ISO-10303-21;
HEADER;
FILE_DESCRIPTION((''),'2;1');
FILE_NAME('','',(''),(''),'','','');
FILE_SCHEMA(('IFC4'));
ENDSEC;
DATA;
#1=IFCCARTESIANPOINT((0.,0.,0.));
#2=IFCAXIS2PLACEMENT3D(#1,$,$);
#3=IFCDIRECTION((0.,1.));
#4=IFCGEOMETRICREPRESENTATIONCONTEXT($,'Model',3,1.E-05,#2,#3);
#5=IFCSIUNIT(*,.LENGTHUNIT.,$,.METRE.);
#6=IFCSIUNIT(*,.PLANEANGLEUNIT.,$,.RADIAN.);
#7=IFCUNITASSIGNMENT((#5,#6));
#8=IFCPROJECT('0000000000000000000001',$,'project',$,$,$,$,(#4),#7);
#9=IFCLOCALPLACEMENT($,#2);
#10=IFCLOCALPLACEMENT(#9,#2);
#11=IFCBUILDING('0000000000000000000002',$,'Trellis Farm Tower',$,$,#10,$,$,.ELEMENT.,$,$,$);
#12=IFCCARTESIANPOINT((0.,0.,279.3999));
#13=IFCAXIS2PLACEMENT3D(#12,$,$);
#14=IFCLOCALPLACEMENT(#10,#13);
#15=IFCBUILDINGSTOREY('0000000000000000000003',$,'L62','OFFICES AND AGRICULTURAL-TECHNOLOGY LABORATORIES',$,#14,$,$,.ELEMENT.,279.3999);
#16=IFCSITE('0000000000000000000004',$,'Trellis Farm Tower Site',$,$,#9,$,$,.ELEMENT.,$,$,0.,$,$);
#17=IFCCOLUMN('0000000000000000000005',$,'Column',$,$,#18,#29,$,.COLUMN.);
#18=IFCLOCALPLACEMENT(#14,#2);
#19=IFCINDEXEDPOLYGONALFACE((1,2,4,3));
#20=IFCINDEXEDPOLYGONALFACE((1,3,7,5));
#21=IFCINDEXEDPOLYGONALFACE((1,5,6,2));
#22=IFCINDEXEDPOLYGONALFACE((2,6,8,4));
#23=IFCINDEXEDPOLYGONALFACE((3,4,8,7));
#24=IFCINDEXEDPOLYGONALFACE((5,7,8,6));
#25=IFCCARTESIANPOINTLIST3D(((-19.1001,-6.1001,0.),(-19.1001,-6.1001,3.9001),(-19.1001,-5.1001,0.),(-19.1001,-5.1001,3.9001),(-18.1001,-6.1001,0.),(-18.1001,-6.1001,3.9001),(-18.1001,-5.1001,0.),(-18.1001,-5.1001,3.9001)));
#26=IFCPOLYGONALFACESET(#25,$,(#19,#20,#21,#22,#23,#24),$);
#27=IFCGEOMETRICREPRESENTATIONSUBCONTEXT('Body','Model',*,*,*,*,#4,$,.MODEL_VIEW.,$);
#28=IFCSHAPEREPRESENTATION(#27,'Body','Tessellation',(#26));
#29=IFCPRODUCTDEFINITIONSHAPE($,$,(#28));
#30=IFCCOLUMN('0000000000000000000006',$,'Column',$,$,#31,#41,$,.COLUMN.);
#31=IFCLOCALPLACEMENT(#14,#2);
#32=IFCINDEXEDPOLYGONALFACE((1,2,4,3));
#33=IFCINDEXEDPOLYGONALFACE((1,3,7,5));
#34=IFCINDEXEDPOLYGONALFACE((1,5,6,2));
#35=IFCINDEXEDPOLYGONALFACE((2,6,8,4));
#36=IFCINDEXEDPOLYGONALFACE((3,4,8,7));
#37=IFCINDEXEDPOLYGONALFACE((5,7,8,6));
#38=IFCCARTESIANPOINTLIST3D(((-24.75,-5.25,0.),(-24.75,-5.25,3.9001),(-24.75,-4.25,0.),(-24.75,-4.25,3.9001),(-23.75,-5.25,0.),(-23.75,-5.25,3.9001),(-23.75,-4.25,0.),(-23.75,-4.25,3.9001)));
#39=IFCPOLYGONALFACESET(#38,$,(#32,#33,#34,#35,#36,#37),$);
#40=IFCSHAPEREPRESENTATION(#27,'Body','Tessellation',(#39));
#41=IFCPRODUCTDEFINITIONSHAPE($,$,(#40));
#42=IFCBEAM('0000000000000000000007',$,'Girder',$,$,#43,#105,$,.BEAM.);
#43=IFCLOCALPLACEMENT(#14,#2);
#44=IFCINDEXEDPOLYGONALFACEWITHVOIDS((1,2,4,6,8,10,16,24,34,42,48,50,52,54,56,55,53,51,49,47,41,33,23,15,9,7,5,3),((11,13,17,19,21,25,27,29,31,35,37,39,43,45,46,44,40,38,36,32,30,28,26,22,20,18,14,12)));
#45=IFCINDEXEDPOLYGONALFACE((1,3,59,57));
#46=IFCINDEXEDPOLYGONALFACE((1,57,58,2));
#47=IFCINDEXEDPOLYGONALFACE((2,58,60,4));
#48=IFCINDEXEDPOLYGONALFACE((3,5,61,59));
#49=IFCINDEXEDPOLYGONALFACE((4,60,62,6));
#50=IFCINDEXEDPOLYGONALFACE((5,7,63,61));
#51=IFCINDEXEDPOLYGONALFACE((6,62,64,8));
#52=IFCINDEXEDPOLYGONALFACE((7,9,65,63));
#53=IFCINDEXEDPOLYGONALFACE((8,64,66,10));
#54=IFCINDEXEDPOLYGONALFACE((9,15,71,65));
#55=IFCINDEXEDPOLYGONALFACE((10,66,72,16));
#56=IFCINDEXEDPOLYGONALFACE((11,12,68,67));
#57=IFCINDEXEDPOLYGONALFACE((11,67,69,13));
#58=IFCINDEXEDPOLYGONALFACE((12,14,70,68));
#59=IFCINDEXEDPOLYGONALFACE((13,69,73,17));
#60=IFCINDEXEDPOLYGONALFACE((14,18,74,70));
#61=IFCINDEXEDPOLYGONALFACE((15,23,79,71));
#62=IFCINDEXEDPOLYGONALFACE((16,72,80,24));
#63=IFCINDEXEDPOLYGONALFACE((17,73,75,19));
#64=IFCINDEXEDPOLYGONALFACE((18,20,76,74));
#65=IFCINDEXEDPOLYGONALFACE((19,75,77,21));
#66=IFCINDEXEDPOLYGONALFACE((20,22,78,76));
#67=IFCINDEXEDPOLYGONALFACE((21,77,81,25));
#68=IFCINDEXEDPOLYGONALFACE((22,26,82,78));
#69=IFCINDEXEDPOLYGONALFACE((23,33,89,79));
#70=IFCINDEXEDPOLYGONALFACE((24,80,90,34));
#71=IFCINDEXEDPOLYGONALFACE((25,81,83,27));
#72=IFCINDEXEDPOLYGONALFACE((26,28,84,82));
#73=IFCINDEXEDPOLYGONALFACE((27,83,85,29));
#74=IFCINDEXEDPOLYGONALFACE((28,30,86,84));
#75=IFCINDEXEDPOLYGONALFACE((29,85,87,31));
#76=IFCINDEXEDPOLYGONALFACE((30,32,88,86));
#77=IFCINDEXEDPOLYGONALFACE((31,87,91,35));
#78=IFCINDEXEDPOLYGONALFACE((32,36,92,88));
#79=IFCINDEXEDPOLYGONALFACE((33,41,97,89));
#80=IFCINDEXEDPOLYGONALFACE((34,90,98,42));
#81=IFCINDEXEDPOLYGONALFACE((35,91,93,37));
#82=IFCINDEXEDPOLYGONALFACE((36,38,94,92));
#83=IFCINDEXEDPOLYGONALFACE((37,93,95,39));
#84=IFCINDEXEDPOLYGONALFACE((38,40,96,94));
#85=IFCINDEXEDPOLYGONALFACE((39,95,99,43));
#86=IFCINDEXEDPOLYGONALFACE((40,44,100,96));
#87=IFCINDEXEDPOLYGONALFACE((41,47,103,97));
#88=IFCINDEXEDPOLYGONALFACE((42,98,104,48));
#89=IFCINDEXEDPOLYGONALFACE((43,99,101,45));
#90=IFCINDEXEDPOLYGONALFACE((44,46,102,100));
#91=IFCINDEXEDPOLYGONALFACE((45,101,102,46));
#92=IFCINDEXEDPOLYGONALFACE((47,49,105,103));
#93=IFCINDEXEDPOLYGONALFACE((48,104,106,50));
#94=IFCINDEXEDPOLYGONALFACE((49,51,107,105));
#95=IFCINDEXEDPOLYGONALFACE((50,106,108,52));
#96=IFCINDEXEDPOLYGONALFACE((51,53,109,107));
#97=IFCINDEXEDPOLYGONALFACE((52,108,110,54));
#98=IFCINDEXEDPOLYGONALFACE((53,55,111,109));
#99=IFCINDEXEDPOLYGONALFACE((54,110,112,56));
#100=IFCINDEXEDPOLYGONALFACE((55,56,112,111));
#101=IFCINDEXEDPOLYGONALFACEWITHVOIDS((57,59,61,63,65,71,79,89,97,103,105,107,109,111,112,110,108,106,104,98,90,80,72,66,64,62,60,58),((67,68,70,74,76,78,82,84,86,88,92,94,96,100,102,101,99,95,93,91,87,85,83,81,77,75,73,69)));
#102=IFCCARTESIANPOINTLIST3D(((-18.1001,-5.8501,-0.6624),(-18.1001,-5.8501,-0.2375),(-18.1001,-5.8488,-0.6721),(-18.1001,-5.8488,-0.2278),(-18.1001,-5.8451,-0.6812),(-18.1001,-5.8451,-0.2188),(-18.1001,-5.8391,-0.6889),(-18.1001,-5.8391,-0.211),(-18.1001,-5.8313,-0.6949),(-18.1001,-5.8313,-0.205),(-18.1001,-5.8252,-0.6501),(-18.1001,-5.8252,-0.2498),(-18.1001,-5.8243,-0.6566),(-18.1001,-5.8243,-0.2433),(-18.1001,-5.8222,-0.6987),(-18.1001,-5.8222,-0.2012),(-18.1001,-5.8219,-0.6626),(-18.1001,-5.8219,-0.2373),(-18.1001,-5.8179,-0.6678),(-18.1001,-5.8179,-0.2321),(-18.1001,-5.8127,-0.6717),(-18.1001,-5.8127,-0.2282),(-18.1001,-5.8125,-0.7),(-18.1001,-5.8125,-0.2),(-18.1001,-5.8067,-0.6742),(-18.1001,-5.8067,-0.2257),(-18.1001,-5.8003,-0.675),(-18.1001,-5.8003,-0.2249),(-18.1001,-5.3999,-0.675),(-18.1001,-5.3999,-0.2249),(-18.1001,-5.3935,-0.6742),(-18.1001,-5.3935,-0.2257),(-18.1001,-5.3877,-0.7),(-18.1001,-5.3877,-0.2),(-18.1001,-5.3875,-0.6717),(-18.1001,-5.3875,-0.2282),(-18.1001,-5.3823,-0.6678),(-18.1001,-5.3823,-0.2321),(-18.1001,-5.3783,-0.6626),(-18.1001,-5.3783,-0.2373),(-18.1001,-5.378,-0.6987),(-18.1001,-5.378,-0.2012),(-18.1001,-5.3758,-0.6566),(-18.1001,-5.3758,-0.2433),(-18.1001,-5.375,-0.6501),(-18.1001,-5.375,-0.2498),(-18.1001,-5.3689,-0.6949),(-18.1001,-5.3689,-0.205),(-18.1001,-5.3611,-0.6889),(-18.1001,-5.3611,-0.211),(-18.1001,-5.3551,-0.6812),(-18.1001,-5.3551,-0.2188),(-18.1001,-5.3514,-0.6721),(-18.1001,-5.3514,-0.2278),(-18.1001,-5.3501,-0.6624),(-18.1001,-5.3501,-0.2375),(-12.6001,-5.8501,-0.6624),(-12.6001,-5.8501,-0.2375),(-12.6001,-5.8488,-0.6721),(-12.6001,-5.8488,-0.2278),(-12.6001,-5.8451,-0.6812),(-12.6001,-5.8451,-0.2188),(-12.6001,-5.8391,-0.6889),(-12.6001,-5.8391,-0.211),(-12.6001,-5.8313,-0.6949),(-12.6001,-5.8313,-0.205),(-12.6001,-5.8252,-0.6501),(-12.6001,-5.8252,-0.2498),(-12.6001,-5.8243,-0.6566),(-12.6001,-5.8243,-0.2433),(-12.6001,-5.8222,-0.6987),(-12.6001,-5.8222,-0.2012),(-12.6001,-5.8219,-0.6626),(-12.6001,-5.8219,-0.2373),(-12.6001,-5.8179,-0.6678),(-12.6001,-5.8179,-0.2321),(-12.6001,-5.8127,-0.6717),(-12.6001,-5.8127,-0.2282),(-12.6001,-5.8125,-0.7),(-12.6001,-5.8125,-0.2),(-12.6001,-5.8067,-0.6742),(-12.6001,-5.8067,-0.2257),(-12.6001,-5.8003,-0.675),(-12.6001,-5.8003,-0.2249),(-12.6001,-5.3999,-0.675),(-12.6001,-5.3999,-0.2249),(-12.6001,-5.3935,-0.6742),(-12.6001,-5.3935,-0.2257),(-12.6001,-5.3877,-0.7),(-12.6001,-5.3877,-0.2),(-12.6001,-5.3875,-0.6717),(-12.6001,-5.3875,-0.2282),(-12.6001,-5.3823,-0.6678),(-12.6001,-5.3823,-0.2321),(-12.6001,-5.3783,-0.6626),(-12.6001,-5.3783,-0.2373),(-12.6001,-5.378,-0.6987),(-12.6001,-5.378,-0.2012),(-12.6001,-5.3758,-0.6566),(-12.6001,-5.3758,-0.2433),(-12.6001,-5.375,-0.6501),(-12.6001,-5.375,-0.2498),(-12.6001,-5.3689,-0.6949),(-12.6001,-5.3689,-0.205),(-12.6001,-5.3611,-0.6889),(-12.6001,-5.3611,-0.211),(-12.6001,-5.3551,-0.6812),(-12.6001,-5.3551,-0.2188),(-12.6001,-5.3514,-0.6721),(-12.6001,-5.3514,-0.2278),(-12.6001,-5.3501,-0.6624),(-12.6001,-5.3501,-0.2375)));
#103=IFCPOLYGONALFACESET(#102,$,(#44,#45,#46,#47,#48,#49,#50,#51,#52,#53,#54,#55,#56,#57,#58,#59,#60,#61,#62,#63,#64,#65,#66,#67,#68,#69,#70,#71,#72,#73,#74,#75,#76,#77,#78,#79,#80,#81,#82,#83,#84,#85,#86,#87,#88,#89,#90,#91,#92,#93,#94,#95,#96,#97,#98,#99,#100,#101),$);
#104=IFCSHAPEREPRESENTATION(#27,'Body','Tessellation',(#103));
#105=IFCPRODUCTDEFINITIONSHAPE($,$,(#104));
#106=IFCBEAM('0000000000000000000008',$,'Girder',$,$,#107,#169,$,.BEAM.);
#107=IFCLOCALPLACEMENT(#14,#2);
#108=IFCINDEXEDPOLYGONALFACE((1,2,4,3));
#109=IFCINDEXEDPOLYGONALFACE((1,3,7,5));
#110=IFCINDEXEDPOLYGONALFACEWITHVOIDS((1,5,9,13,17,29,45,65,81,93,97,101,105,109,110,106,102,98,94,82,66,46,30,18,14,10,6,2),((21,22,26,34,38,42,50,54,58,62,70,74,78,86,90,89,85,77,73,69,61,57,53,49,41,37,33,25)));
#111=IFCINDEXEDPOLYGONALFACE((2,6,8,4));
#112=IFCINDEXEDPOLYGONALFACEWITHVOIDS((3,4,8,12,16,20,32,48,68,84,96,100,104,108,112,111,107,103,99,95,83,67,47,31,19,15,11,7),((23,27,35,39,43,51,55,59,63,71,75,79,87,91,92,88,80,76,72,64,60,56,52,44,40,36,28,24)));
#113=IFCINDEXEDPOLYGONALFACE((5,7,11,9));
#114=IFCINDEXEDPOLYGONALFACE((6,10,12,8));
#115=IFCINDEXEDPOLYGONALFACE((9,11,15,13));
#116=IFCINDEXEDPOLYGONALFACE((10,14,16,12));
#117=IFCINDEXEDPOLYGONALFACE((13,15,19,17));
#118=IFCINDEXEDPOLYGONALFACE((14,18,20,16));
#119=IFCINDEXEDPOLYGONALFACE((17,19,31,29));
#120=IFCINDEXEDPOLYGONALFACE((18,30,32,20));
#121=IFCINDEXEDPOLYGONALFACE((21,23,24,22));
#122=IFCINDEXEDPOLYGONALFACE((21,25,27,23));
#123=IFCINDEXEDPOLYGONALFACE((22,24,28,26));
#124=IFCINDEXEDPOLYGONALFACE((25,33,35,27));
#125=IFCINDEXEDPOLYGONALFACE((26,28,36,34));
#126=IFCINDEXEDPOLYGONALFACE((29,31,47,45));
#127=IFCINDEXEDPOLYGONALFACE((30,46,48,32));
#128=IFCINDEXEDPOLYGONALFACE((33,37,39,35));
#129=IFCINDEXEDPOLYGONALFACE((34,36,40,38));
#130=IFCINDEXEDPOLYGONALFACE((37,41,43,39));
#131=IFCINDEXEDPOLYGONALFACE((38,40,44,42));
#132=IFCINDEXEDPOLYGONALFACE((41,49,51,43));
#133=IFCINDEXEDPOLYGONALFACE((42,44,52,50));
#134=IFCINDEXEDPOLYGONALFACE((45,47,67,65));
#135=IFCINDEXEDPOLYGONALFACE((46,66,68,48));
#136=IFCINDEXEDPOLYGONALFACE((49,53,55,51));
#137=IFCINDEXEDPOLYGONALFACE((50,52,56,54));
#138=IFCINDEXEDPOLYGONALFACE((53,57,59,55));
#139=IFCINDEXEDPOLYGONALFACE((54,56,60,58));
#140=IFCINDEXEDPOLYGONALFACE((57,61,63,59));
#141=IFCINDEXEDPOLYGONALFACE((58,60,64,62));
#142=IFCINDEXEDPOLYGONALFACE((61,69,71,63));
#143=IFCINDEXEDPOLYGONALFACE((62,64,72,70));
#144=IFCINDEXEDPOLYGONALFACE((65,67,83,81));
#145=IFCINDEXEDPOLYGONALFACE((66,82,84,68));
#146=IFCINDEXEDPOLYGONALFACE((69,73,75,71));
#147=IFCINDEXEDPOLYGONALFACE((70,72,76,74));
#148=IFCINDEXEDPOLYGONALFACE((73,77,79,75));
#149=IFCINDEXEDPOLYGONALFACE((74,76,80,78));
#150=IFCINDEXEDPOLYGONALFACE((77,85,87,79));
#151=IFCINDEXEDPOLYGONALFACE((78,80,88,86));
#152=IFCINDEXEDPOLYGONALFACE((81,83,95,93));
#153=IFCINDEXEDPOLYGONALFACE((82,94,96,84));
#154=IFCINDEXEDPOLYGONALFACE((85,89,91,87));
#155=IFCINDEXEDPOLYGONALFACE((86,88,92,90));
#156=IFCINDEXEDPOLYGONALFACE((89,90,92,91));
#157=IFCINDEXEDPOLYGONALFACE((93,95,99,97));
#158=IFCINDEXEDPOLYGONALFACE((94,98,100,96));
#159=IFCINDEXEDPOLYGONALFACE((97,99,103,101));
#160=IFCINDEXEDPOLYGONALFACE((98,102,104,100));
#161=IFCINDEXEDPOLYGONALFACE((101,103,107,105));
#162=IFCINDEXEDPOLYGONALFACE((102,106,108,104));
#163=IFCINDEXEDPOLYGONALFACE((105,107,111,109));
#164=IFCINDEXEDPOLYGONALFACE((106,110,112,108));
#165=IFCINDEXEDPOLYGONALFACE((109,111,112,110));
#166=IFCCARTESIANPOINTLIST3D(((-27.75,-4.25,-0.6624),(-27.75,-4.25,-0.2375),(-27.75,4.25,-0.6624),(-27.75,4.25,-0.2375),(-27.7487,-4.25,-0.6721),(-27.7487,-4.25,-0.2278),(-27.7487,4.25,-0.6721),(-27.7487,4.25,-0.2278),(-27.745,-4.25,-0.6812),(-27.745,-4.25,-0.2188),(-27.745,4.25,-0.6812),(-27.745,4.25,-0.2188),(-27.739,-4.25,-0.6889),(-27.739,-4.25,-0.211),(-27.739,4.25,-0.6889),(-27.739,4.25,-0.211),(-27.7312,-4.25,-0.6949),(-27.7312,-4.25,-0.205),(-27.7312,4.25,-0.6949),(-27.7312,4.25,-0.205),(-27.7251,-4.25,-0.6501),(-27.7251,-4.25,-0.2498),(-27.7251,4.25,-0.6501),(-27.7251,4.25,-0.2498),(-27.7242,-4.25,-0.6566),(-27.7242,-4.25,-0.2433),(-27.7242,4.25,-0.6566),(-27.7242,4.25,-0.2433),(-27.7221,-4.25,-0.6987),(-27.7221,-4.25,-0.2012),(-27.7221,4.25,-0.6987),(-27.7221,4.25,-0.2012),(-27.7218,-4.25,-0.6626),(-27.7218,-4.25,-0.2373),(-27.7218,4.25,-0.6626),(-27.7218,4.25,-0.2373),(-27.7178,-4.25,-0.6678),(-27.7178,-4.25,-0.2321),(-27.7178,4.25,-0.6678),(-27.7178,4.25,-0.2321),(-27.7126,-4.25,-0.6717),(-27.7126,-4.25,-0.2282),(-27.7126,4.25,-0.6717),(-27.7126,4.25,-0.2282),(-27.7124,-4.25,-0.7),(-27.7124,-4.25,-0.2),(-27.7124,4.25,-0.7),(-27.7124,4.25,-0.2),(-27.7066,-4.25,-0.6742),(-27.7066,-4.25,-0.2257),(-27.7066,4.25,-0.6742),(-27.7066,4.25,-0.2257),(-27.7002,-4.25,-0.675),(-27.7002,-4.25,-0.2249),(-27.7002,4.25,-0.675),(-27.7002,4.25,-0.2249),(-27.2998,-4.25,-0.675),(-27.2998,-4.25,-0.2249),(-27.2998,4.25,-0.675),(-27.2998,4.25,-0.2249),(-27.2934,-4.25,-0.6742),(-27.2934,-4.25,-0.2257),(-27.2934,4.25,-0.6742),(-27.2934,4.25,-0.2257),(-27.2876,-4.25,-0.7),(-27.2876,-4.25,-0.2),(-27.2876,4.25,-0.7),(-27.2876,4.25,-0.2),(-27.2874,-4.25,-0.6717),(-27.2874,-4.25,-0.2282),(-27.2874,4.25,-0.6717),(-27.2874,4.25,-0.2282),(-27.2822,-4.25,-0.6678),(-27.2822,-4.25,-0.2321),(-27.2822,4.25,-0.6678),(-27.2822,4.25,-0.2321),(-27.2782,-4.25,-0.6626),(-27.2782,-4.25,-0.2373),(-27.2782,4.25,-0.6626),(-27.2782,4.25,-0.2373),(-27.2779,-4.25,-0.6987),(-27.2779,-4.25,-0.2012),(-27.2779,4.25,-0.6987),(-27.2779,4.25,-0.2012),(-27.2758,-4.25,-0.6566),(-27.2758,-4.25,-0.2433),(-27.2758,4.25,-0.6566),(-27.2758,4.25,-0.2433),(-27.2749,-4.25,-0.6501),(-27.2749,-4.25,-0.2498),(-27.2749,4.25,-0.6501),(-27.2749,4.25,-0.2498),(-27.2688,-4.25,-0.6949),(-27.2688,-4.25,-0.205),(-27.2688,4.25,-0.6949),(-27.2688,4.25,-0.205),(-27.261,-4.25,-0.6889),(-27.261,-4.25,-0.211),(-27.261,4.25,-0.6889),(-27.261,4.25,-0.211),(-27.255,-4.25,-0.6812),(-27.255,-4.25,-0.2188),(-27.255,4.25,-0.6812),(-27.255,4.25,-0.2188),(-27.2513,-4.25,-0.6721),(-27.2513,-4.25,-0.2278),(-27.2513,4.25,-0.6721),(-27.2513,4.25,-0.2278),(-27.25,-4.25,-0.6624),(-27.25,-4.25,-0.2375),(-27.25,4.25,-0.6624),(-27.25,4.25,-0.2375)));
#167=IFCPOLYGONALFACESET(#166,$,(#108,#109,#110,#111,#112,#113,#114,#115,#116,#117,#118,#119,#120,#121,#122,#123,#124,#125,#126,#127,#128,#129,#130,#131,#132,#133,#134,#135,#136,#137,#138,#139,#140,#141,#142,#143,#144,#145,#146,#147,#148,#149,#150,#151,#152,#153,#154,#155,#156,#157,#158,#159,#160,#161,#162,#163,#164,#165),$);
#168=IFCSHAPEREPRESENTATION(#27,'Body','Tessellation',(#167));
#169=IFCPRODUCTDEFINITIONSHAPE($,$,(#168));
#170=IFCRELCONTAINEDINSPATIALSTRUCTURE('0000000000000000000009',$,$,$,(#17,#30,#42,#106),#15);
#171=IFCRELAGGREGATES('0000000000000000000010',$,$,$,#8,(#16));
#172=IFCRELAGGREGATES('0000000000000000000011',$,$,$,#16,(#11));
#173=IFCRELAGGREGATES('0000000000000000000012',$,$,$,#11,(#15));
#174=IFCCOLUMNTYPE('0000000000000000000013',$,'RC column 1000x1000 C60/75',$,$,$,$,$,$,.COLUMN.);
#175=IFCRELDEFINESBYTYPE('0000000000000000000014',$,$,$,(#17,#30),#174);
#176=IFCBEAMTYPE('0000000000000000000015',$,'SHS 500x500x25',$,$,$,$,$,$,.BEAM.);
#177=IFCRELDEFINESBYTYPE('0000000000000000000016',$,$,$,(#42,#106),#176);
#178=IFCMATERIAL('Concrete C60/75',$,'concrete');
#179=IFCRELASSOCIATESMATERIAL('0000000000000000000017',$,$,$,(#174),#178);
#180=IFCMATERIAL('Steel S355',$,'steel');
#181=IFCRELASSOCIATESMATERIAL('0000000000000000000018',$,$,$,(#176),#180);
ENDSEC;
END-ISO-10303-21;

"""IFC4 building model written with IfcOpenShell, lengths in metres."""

from ifc_helpers import new_model, si_unit, direction, frame, origin, origin_2d, place, context, subcontext, project, spatial, rectangle, hollow_rectangle, extrude, source, transform, mapped, material, material_profile, profile_set, type_object, element, save


model = new_model("IFC4")

# Units and contexts
model_context = context("Model", 3, precision=1e-05, world=origin(), true_north=direction((0.0, 1.0)))
body_context = subcontext(model_context, "Body", "Model", "MODEL_VIEW")
ifc_project = project(units=[si_unit("LENGTHUNIT", "METRE"), si_unit("PLANEANGLEUNIT", "RADIAN")], contexts=[model_context])

# Site, building, storey
site_placement = place(None, origin())
site = spatial("IfcSite", under=ifc_project, at=site_placement, Name="Trellis Farm Tower Site", CompositionType="ELEMENT", RefElevation=0.0)
building_placement = place(site_placement, origin())
building = spatial("IfcBuilding", under=site, at=building_placement, Name="Trellis Farm Tower", CompositionType="ELEMENT")
storey_placement = place(building_placement, frame((0.0, 0.0, 279.3999)))
storey = spatial("IfcBuildingStorey", under=building, at=storey_placement, Name="L62", Description="OFFICES AND AGRICULTURAL-TECHNOLOGY LABORATORIES", CompositionType="ELEMENT", Elevation=279.3999)

# Columns
ifc_material_1 = material(Name="Concrete C60/75", Category="concrete")
ifc_material_profile_1 = material_profile(ifc_material_1, rectangle(XDim=1.0, YDim=1.0, at=origin_2d()), Name="RC column 1000x1000 C60/75")
ifc_profile_set_1 = profile_set([ifc_material_profile_1], Name="Concrete C60/75")
column_type = type_object("IfcColumnType", Name="RC column 1000x1000 C60/75", PredefinedType="COLUMN", material=ifc_profile_set_1)
shared_shape_1 = source(origin(), body_context, "Body", "SweptSolid", [
    extrude(rectangle(XDim=1.0, YDim=1.0, at=origin_2d()), origin(), (0.0, 0.0, 1.0), 3.9001),
])
for number, where, z_axis, x_axis, name in (
    (1, (-18.6001, -5.6001, 0.0), (0.0, 0.0, 1.0), (1.0, 0.0, 0.0), "Column"),
    (2, (-24.25, -4.75, 0.0), (0.0, 0.0, 1.0), (1.0, 0.0, 0.0), "Column"),
):
    element("IfcColumn", number, at=place(storey_placement, frame(where, z_axis=z_axis, x_axis=x_axis)), inside=storey, type_object=column_type, Name=name, PredefinedType="COLUMN", context=body_context, shape_type="MappedRepresentation", body=[
        mapped(shared_shape_1, transform((0.0, 0.0, 0.0))),
    ])

# Beams
ifc_material_2 = material(Name="Steel S355", Category="steel")
ifc_material_profile_2 = material_profile(ifc_material_2, hollow_rectangle(XDim=0.5, YDim=0.5, WallThickness=0.0249, InnerFilletRadius=0.0249, OuterFilletRadius=0.0376, at=origin_2d()), Name="SHS 500x500x25")
ifc_profile_set_2 = profile_set([ifc_material_profile_2], Name="Steel S355")
beam_type_1 = type_object("IfcBeamType", Name="SHS 500x500x25", PredefinedType="BEAM", material=ifc_profile_set_2)
shared_shape_2 = source(origin(), body_context, "Body", "SweptSolid", [
    extrude(hollow_rectangle(XDim=0.5, YDim=0.5, WallThickness=0.0249, InnerFilletRadius=0.0249, OuterFilletRadius=0.0376, at=origin_2d()), origin(), (0.0, 0.0, 1.0), 5.5),
])
beam_1_placement = place(storey_placement, frame((-18.1001, -5.6001, -0.45), z_axis=(1.0, 0.0, 0.0), x_axis=(0.0, 1.0, 0.0)))
element("IfcBeam", 3, at=beam_1_placement, inside=storey, type_object=beam_type_1, Name="Girder", PredefinedType="BEAM", context=body_context, shape_type="MappedRepresentation", body=[
    mapped(shared_shape_2, transform((0.0, 0.0, 0.0))),
])
shared_shape_3 = source(origin(), body_context, "Body", "SweptSolid", [
    extrude(hollow_rectangle(XDim=0.5, YDim=0.5, WallThickness=0.0249, InnerFilletRadius=0.0249, OuterFilletRadius=0.0376, at=origin_2d()), origin(), (0.0, 0.0, 1.0), 8.5),
])
beam_2_placement = place(storey_placement, frame((-27.5, -4.25, -0.45), z_axis=(0.0, 1.0, 0.0), x_axis=(-1.0, 0.0, 0.0)))
element("IfcBeam", 4, at=beam_2_placement, inside=storey, type_object=beam_type_1, Name="Girder", PredefinedType="BEAM", context=body_context, shape_type="MappedRepresentation", body=[
    mapped(shared_shape_3, transform((0.0, 0.0, 0.0))),
])

save(model, "model.ifc")
